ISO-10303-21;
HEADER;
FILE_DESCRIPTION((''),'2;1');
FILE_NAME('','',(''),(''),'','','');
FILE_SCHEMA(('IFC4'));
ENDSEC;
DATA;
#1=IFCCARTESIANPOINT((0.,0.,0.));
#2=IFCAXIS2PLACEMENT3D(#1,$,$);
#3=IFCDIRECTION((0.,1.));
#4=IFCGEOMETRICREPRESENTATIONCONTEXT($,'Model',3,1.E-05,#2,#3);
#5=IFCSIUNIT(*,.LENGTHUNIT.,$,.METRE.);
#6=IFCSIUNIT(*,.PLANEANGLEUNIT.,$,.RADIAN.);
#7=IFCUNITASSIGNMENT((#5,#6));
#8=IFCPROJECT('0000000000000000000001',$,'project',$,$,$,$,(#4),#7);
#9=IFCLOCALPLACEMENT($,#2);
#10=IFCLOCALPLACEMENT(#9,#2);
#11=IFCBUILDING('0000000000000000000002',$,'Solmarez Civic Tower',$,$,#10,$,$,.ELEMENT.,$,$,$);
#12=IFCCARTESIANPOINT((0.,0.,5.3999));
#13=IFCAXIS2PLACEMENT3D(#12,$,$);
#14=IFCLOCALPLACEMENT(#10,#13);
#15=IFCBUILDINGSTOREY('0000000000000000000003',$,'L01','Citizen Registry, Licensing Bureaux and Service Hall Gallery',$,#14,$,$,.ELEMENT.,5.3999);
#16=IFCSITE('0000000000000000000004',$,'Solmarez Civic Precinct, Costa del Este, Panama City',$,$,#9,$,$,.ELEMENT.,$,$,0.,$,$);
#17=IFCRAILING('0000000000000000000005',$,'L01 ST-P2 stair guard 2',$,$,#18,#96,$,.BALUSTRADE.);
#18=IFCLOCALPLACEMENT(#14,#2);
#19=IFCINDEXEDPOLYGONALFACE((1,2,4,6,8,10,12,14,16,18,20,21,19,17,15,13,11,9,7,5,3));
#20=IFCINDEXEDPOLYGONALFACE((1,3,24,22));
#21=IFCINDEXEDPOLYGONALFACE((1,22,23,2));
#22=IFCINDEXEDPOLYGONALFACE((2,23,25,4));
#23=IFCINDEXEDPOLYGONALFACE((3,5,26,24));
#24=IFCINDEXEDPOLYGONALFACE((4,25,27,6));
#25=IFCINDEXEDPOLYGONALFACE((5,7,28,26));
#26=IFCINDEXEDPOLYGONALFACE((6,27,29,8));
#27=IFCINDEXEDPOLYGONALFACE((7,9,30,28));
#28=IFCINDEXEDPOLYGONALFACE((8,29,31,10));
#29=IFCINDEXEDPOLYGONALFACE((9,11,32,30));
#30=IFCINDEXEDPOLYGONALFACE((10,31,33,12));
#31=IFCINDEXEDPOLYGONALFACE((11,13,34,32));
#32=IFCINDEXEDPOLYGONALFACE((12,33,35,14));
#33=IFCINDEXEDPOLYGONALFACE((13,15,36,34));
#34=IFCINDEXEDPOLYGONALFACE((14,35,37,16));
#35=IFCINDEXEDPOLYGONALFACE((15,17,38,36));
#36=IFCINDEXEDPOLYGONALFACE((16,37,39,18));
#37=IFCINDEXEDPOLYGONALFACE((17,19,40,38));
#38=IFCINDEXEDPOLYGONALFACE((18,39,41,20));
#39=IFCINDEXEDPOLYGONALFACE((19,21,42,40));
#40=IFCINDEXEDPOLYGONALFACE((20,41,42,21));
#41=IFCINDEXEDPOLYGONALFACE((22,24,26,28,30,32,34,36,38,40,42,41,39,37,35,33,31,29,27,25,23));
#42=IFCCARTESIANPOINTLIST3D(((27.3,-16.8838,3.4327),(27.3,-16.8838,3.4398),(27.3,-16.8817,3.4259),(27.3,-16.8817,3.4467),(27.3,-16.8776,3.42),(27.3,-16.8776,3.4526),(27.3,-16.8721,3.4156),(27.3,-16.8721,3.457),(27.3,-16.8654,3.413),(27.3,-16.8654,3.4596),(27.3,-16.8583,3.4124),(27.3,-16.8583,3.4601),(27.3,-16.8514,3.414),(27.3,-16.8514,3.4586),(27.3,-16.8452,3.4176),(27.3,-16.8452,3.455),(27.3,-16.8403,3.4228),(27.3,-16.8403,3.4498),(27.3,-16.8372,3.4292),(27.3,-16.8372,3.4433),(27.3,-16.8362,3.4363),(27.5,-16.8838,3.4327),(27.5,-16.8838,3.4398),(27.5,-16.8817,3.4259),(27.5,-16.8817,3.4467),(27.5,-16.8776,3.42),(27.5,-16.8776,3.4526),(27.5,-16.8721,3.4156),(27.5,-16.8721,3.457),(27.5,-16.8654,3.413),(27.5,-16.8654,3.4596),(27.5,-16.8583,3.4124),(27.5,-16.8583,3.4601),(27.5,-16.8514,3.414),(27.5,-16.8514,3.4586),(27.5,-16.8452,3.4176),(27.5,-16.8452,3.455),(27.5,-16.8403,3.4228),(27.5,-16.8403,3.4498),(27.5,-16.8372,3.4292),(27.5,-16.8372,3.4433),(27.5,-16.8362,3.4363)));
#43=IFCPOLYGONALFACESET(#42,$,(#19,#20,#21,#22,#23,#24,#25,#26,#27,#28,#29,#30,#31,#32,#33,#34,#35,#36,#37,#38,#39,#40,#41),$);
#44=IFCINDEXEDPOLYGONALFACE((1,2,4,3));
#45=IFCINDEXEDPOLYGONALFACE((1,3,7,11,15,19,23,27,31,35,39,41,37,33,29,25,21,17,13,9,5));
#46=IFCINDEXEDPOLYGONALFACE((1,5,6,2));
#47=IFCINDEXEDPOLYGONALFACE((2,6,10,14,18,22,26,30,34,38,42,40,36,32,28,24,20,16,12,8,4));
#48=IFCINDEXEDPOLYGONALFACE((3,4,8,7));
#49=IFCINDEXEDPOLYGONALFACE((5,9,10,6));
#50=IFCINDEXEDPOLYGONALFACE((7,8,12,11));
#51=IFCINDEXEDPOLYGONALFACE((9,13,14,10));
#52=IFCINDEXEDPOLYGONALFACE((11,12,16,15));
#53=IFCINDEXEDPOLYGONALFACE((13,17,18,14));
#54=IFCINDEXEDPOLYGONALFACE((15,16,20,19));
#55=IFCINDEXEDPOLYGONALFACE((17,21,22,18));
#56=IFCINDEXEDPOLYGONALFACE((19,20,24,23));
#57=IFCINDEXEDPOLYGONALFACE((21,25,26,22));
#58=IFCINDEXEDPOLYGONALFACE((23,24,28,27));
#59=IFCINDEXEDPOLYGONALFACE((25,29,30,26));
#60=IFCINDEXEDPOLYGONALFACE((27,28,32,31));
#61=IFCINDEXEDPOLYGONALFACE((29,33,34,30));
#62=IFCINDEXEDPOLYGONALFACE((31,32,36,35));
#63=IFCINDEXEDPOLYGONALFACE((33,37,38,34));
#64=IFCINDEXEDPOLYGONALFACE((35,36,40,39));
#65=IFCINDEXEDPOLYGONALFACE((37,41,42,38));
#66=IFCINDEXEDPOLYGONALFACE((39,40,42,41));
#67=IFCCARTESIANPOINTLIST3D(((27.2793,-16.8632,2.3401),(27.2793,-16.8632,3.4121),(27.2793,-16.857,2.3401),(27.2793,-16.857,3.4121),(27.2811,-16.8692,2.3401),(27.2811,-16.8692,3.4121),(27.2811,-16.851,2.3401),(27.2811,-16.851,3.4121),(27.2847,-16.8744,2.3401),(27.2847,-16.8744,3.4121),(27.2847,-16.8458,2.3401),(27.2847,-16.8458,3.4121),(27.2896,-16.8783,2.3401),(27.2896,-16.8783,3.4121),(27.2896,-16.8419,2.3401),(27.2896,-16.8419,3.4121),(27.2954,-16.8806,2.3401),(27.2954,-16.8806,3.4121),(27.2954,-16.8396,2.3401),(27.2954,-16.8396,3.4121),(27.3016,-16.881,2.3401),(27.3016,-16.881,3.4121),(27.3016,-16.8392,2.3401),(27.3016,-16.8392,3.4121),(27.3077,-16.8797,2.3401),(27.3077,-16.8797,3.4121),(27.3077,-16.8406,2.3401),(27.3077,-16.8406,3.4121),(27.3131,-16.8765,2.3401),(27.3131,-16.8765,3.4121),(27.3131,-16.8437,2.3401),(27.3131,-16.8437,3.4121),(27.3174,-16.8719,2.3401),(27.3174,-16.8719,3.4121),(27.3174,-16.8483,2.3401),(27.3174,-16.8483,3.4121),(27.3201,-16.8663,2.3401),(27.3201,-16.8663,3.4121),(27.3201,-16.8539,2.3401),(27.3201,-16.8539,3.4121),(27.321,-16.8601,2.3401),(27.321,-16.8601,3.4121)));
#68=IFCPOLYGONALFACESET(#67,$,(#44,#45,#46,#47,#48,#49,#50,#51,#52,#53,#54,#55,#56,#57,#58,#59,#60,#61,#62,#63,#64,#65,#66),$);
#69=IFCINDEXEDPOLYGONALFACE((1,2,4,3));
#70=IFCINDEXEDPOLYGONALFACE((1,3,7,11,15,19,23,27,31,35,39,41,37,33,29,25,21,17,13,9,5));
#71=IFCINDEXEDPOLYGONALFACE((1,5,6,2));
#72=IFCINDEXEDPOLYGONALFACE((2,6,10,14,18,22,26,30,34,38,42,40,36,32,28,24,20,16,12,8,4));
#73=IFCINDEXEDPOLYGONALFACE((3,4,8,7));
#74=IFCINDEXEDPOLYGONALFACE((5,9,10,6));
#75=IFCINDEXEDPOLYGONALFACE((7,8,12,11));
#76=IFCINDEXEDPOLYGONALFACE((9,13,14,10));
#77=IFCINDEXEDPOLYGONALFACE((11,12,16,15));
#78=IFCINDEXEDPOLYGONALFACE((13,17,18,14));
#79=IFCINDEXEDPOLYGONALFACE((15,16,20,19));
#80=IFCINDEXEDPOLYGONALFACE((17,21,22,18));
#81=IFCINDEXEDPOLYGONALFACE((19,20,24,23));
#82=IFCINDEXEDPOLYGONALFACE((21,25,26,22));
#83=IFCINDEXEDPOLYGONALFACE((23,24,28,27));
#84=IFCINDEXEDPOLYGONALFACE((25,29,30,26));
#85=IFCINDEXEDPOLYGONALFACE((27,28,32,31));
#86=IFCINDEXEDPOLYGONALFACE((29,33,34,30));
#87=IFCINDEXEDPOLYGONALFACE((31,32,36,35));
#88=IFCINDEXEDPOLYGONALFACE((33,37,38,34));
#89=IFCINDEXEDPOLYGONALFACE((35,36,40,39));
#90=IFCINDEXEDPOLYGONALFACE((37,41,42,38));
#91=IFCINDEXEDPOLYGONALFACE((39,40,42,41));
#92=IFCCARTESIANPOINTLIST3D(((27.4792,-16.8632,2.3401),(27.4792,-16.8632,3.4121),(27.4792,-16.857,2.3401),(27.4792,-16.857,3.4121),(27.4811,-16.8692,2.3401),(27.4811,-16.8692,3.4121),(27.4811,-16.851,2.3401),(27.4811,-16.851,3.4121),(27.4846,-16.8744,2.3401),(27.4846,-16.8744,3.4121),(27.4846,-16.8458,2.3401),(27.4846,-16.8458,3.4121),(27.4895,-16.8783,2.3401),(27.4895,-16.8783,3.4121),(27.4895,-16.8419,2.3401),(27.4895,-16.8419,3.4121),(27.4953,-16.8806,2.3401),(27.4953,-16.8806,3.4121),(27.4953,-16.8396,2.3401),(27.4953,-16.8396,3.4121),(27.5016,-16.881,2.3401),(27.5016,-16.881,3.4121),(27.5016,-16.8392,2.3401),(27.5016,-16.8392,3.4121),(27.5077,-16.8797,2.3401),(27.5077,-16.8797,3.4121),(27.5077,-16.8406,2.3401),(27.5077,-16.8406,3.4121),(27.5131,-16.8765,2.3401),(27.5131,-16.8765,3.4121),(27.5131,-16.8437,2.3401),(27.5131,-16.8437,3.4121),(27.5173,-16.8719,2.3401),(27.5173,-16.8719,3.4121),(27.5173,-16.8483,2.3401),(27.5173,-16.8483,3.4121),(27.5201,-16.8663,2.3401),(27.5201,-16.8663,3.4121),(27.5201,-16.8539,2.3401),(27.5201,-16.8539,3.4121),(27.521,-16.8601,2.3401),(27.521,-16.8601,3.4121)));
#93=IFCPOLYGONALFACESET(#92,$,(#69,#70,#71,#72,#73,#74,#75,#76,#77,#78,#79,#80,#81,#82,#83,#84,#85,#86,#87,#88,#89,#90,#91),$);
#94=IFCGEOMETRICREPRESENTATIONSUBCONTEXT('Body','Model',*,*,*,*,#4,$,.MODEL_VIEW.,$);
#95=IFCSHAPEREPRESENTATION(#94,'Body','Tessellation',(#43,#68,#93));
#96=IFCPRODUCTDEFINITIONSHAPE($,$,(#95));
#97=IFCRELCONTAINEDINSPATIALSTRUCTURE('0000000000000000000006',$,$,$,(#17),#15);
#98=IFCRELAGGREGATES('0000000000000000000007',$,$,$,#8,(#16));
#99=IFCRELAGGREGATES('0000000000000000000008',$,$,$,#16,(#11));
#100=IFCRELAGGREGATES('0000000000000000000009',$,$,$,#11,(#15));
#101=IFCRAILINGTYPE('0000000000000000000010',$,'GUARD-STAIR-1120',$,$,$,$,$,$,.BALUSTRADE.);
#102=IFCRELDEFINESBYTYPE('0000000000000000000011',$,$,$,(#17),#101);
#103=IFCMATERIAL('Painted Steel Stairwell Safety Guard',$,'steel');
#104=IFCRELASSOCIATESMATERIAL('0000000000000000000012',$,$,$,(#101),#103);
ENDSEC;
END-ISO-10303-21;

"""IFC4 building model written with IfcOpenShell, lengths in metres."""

from ifc_helpers import new_model, si_unit, direction, frame, origin, origin_2d, place, context, subcontext, project, spatial, circle, extrude, material, type_object, element, save


model = new_model("IFC4")

# Units and contexts
model_context = context("Model", 3, precision=1e-05, world=origin(), true_north=direction((0.0, 1.0)))
body_context = subcontext(model_context, "Body", "Model", "MODEL_VIEW")
ifc_project = project(units=[si_unit("LENGTHUNIT", "METRE"), si_unit("PLANEANGLEUNIT", "RADIAN")], contexts=[model_context])

# Site, building, storey
site_placement = place(None, origin())
site = spatial("IfcSite", under=ifc_project, at=site_placement, Name="Solmarez Civic Precinct, Costa del Este, Panama City", CompositionType="ELEMENT", RefElevation=0.0)
building_placement = place(site_placement, origin())
building = spatial("IfcBuilding", under=site, at=building_placement, Name="Solmarez Civic Tower", CompositionType="ELEMENT")
storey_placement = place(building_placement, frame((0.0, 0.0, 5.3999)))
storey = spatial("IfcBuildingStorey", under=building, at=storey_placement, Name="L01", Description="Citizen Registry, Licensing Bureaux and Service Hall Gallery", CompositionType="ELEMENT", Elevation=5.3999)

# Railing
ifc_material_1 = material(Name="Painted Steel Stairwell Safety Guard", Category="steel")
railing_type_1 = type_object("IfcRailingType", Name="GUARD-STAIR-1120", PredefinedType="BALUSTRADE", material=ifc_material_1)
railing_1_placement = place(storey_placement, frame((27.3, -16.8601, 2.3401)))
element("IfcRailing", 1, at=railing_1_placement, inside=storey, type_object=railing_type_1, Name="L01 ST-P2 stair guard 2", PredefinedType="BALUSTRADE", context=body_context, shape_type="SweptSolid", body=[
    extrude(circle(Radius=0.0239, at=origin_2d()), frame((0.0, 0.0, 1.0962), z_axis=(1.0, 0.0, 0.0), x_axis=(0.0, 1.0, 0.0)), (0.0, 0.0, 1.0), 0.2),
    extrude(circle(Radius=0.021, at=origin_2d()), origin(), (0.0, 0.0, 1.0), 1.072),
    extrude(circle(Radius=0.021, at=origin_2d()), frame((0.2, 0.0, 0.0)), (0.0, 0.0, 1.0), 1.072),
])

save(model, "model.ifc")
